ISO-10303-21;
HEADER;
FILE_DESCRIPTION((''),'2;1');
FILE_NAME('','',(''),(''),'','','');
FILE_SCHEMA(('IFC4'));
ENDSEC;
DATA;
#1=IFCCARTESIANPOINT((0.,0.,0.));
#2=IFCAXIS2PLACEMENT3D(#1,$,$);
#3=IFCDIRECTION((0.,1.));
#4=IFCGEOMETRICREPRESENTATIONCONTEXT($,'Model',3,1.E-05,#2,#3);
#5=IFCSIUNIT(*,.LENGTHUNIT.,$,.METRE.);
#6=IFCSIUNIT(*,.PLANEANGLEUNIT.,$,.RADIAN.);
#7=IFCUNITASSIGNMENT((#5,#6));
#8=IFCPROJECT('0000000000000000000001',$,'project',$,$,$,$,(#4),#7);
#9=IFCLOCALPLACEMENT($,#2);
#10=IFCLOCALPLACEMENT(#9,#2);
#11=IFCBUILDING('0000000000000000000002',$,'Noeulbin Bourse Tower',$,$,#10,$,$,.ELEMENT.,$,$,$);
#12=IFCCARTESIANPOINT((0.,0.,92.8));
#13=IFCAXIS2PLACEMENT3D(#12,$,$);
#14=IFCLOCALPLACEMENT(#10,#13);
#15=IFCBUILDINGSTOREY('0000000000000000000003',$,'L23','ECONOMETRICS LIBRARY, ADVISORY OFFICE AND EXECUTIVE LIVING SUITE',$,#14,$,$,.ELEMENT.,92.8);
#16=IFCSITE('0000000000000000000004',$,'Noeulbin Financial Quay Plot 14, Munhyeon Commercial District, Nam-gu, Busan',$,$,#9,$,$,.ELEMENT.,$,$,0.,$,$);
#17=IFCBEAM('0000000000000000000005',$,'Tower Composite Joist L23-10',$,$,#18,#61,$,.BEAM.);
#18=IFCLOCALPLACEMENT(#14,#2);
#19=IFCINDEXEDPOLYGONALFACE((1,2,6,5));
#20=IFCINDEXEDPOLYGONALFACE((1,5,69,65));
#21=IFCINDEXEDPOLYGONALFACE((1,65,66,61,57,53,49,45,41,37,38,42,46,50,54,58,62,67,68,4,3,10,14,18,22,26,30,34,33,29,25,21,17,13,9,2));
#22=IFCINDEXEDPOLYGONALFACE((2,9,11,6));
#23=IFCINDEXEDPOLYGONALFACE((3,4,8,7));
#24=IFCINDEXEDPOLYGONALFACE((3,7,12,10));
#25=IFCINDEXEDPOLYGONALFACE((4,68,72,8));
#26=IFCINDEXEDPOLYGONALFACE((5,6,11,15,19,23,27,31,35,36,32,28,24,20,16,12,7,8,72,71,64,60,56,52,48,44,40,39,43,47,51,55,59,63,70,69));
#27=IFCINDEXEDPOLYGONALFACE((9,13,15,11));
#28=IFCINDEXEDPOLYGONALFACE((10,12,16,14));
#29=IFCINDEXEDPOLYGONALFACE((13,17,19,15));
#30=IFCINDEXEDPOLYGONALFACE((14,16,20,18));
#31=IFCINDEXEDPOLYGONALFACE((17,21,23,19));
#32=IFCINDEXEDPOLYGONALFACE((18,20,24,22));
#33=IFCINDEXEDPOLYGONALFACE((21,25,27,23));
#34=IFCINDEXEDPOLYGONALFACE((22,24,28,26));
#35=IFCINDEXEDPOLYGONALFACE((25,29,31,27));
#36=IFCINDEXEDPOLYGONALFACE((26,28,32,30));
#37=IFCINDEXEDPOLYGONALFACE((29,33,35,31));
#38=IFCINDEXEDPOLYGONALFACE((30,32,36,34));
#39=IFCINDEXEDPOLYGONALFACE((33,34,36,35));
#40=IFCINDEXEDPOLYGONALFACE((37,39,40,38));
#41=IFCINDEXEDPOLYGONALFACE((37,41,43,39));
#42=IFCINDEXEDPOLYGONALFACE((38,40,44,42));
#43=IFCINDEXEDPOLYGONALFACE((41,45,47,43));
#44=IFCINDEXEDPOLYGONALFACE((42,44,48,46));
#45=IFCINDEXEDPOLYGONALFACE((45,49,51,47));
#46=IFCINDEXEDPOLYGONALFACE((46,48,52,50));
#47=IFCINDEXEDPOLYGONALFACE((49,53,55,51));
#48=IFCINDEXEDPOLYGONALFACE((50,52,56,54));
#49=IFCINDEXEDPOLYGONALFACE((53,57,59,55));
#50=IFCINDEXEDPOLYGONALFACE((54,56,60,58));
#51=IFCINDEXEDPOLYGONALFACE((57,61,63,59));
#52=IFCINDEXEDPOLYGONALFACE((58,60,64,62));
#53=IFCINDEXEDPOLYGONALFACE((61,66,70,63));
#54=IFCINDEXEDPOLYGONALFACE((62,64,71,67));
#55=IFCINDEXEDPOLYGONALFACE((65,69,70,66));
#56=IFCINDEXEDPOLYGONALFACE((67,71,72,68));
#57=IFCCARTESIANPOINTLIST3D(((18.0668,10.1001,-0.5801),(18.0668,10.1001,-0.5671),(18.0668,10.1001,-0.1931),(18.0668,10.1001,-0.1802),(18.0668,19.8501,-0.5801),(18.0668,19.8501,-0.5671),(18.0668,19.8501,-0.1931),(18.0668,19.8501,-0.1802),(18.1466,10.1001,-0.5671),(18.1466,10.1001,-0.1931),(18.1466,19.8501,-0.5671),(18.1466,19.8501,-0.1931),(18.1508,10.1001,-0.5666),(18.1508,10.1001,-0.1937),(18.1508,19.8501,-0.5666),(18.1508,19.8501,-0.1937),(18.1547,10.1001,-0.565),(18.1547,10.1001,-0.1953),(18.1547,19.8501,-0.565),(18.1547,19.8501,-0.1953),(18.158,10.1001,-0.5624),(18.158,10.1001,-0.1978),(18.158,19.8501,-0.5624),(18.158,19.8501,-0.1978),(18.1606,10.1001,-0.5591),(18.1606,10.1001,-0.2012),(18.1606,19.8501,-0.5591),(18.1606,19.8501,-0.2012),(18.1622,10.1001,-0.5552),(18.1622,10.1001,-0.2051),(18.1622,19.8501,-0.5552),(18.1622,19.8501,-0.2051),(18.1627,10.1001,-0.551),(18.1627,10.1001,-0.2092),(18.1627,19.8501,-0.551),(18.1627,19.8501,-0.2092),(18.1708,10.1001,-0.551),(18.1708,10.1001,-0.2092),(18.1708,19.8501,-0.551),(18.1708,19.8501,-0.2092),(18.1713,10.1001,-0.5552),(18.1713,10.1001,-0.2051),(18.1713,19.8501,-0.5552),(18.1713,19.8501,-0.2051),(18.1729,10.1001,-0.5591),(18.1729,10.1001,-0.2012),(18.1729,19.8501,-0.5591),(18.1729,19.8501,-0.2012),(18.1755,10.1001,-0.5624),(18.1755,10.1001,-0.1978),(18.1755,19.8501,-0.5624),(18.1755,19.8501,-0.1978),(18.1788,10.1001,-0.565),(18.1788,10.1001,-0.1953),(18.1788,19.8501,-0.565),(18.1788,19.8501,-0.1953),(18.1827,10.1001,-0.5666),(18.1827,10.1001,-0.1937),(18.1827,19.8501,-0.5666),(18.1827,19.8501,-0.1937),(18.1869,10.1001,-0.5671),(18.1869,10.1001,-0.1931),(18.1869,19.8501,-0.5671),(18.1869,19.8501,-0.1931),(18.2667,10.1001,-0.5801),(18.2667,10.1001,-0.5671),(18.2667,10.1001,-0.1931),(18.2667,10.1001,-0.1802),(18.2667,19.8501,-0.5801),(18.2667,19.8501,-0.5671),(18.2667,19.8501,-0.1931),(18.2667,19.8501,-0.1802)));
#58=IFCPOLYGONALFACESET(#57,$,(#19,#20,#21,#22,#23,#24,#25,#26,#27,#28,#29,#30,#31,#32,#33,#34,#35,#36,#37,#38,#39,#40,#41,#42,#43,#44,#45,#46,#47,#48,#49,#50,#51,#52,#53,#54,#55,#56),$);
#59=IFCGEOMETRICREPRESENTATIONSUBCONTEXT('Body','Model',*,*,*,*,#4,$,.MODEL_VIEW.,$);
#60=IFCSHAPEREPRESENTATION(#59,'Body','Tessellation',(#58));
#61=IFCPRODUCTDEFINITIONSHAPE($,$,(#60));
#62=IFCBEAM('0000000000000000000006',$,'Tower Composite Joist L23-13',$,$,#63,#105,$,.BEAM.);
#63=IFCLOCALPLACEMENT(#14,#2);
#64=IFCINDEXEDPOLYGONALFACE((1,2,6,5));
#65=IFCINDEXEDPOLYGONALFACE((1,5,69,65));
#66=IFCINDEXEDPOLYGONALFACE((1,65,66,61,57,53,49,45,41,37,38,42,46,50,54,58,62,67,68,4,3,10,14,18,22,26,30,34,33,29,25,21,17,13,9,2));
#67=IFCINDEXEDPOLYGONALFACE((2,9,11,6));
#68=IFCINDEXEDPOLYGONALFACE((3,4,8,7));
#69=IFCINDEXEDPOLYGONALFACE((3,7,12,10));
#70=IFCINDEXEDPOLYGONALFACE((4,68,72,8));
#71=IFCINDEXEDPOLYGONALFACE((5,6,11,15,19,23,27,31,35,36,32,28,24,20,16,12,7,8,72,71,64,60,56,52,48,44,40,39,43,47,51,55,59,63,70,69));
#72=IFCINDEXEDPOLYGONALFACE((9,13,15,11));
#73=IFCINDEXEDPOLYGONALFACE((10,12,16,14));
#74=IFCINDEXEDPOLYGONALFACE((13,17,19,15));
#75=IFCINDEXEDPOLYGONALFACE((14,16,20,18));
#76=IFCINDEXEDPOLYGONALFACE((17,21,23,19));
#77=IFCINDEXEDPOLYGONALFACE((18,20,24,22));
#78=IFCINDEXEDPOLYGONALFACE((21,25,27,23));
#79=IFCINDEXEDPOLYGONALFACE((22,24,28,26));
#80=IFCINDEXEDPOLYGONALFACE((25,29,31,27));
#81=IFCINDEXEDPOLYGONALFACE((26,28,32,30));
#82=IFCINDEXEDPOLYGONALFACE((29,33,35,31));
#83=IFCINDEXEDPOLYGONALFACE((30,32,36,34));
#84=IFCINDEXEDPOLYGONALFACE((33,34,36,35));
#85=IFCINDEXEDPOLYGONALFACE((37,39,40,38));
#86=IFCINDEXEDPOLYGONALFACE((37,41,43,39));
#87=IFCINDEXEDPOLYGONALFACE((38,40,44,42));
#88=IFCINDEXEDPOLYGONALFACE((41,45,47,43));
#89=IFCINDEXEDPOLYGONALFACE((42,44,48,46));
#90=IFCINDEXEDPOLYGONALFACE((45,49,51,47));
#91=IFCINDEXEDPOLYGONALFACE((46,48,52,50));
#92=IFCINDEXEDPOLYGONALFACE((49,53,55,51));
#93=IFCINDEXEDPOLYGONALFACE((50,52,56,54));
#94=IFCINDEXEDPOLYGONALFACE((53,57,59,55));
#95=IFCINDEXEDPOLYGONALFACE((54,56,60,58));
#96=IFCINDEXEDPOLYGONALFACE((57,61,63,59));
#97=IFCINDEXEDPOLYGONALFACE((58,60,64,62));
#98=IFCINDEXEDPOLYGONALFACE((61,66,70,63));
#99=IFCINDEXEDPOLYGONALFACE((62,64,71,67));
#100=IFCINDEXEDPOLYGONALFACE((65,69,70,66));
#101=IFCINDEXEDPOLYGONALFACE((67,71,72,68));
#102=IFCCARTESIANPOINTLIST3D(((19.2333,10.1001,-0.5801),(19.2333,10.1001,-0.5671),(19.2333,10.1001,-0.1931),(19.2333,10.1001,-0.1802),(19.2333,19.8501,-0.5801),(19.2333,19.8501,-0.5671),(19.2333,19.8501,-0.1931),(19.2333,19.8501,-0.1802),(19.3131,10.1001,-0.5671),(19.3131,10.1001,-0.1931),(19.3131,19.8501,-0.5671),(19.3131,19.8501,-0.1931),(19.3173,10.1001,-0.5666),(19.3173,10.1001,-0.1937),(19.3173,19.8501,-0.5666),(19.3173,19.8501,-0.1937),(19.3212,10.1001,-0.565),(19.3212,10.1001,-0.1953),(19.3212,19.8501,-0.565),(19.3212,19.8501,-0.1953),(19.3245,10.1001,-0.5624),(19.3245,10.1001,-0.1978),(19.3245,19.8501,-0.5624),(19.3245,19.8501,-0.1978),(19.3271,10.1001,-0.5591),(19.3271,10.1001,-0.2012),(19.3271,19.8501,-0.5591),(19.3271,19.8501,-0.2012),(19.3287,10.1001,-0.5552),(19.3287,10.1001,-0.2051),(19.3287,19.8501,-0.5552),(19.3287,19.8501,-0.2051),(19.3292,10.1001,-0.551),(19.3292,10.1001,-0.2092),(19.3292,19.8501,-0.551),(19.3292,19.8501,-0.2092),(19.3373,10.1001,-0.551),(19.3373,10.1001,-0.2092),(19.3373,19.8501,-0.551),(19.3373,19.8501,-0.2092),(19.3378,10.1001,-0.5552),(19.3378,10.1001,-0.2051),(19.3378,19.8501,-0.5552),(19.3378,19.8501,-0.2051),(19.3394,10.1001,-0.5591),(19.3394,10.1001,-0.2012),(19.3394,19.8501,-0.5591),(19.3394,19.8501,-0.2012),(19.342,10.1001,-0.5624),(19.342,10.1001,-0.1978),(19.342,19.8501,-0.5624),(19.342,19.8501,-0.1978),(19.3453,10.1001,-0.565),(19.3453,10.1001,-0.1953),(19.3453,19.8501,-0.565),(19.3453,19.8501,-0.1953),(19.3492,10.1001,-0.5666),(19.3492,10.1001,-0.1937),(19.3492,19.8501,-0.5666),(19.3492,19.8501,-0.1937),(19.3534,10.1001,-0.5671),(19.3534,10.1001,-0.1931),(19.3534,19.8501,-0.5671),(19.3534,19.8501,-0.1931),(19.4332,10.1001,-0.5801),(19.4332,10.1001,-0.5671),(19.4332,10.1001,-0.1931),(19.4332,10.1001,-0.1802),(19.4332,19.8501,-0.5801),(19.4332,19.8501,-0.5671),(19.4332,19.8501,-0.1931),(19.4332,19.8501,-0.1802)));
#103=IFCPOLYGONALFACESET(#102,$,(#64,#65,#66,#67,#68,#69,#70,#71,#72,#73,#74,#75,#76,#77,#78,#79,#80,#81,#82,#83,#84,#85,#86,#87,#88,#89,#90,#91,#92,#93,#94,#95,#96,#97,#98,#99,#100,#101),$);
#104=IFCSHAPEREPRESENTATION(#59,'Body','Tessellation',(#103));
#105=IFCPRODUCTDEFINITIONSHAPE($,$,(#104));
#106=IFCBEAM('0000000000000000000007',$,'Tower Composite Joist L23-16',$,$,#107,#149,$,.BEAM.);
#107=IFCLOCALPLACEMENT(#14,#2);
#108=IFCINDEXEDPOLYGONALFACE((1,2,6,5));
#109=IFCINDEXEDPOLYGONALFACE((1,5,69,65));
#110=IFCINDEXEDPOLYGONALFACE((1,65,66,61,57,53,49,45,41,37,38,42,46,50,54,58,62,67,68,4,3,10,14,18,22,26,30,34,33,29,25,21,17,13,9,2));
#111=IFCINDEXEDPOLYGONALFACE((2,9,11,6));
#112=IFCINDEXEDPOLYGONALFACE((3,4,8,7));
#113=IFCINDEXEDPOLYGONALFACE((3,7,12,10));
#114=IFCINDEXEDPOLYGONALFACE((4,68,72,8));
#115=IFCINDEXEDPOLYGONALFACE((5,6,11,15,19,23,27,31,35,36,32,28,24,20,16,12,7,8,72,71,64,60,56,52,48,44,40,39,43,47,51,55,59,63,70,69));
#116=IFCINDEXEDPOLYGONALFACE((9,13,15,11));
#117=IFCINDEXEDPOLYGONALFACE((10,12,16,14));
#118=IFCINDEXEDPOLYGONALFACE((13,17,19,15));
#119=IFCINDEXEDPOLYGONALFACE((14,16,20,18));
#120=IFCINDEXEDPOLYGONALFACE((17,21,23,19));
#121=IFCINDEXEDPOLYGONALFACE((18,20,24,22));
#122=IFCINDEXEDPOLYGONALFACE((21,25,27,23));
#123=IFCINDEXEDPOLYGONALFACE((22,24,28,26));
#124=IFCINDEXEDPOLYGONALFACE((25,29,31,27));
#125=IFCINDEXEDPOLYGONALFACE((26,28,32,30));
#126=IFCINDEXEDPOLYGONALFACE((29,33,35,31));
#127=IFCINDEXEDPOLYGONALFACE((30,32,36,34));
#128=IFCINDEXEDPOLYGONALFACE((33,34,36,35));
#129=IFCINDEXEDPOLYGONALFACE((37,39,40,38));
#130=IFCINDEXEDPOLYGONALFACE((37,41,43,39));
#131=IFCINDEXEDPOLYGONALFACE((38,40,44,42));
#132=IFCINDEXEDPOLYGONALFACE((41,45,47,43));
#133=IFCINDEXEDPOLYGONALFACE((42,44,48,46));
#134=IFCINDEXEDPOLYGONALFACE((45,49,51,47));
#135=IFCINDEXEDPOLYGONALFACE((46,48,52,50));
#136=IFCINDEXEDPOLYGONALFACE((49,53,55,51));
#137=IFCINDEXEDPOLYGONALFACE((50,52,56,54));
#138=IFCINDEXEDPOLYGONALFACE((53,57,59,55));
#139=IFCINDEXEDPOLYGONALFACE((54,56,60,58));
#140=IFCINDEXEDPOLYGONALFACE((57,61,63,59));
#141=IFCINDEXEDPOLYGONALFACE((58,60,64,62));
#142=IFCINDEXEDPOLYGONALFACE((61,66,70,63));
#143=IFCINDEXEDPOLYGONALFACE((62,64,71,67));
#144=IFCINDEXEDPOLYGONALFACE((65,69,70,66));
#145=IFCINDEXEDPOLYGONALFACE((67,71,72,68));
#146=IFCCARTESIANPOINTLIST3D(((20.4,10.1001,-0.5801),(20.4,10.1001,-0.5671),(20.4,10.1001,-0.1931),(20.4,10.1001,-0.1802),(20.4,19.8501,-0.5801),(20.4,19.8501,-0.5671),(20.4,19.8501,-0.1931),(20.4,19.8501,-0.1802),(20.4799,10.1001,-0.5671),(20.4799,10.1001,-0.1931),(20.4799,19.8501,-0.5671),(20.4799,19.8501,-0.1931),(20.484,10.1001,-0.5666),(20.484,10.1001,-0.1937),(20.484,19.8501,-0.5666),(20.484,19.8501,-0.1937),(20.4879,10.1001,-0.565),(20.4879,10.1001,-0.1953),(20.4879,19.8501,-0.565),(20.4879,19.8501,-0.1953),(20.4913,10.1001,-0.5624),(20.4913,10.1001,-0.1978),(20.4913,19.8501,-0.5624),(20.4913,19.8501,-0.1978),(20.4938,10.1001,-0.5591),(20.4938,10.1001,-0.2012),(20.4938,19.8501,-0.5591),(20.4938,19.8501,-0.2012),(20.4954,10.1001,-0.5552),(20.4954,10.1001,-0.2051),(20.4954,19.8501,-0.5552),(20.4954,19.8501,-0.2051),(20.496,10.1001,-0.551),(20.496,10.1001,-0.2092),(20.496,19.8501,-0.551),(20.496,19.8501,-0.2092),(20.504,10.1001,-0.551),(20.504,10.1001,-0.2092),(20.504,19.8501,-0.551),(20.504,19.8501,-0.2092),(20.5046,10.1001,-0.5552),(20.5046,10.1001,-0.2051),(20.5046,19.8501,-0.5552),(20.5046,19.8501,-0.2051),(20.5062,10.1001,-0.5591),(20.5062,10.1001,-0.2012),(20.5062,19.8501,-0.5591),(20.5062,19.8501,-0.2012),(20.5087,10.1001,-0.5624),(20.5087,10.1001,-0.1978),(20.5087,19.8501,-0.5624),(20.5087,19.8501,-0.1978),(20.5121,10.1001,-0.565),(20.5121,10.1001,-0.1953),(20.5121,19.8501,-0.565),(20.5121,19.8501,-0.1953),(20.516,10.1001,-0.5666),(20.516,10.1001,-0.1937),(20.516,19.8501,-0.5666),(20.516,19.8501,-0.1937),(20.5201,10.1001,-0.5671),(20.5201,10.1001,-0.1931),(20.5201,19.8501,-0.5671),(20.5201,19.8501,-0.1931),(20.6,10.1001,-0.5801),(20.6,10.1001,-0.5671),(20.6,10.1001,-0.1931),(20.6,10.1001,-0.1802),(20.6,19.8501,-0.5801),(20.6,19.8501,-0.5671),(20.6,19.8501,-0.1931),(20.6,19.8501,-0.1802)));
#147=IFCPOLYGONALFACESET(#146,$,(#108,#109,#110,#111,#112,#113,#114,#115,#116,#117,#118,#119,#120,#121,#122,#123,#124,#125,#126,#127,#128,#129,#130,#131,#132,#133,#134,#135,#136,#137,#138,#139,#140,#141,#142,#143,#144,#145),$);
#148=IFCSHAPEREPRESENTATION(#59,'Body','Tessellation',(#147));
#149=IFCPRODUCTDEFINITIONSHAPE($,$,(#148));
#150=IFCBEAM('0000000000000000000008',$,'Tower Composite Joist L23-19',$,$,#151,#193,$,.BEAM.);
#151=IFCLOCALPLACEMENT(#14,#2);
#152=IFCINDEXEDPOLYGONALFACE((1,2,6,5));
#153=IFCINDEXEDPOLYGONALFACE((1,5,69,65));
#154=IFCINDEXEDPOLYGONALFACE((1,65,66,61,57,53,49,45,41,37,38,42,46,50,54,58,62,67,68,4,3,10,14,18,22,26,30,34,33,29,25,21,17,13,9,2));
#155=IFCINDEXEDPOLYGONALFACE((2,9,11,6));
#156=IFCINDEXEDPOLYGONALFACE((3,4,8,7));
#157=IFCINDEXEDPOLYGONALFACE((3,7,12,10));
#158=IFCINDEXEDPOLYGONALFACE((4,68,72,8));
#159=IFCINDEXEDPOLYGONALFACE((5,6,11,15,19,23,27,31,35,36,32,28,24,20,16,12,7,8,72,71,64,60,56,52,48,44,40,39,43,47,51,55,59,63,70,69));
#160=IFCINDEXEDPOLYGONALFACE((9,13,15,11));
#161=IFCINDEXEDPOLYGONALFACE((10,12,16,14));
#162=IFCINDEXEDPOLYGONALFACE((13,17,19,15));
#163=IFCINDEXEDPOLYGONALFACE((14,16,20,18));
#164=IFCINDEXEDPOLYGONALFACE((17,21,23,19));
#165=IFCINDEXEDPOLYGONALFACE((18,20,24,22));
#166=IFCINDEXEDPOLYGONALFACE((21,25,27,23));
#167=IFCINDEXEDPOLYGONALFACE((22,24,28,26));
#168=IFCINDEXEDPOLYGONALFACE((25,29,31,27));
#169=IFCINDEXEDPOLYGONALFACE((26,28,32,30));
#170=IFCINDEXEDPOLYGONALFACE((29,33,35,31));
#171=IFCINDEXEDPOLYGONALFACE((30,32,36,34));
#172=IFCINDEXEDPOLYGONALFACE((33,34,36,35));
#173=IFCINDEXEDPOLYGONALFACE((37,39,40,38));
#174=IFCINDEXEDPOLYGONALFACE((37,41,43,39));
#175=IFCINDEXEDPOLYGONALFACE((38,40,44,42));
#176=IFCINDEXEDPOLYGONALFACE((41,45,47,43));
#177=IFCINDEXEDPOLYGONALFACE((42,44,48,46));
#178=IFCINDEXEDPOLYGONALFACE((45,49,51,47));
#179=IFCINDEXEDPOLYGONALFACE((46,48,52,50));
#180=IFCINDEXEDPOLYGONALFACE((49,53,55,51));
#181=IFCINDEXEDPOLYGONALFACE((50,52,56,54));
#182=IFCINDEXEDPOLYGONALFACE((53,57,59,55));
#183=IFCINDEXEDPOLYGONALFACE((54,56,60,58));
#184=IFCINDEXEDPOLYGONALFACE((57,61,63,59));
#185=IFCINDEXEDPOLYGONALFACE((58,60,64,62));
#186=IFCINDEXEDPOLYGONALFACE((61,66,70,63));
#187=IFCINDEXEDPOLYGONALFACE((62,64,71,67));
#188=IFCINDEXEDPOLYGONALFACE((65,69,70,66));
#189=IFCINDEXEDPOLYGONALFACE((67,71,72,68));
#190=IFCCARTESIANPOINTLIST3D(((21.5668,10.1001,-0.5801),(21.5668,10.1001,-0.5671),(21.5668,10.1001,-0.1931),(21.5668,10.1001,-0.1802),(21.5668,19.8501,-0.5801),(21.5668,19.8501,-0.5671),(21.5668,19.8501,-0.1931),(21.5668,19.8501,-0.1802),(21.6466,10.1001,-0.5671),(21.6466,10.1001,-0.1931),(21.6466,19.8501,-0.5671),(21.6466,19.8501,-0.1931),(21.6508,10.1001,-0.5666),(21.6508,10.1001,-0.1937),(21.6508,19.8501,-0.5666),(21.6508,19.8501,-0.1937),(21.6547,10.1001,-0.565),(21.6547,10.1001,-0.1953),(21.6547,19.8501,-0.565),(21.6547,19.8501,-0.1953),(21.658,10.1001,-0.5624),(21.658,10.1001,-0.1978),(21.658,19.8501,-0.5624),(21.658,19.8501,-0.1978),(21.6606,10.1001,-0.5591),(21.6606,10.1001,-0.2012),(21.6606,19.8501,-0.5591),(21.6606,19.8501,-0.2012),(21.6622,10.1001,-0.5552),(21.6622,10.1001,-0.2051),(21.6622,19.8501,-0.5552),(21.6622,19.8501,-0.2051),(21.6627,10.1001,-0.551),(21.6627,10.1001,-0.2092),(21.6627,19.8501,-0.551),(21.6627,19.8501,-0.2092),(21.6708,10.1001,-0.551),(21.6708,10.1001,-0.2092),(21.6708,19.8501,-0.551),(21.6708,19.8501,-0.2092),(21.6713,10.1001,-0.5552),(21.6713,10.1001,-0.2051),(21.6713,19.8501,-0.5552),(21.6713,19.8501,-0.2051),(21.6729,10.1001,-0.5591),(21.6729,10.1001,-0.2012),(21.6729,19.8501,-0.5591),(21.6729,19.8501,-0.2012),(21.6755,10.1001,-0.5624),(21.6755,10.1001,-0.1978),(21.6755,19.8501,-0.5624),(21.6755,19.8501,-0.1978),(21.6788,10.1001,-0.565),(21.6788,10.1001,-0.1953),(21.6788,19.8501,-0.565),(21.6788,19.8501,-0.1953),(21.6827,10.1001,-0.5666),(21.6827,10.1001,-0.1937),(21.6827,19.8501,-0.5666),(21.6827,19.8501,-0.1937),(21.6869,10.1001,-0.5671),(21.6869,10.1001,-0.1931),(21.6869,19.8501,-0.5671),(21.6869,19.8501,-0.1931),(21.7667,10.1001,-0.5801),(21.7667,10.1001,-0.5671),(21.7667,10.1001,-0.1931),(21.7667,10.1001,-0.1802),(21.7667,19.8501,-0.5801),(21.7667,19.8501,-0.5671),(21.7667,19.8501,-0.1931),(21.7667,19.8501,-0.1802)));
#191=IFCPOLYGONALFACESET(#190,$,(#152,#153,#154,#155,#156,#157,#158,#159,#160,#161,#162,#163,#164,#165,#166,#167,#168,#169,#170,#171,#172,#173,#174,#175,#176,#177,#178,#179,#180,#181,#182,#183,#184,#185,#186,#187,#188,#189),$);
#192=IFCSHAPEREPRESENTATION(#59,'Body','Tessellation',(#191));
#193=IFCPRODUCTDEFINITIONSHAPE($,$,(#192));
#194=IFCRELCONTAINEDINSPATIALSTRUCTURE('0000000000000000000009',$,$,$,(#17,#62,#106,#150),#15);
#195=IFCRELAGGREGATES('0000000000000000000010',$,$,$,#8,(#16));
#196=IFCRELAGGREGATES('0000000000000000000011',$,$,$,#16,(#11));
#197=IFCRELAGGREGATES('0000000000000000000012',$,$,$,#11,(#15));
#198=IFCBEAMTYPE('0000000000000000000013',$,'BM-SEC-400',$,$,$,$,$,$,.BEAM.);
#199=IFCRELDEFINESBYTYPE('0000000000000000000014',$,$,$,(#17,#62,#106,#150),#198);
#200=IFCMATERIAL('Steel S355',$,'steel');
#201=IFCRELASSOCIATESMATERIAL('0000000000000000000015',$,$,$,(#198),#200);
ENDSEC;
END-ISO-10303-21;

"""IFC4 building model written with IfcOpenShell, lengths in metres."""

from ifc_helpers import new_model, si_unit, direction, frame, origin, origin_2d, place, context, subcontext, project, spatial, i_section, extrude, material, material_profile, profile_set, type_object, element, save


model = new_model("IFC4")

# Units and contexts
model_context = context("Model", 3, precision=1e-05, world=origin(), true_north=direction((0.0, 1.0)))
body_context = subcontext(model_context, "Body", "Model", "MODEL_VIEW")
ifc_project = project(units=[si_unit("LENGTHUNIT", "METRE"), si_unit("PLANEANGLEUNIT", "RADIAN")], contexts=[model_context])

# Site, building, storey
site_placement = place(None, origin())
site = spatial("IfcSite", under=ifc_project, at=site_placement, Name="Noeulbin Financial Quay Plot 14, Munhyeon Commercial District, Nam-gu, Busan", CompositionType="ELEMENT", RefElevation=0.0)
building_placement = place(site_placement, origin())
building = spatial("IfcBuilding", under=site, at=building_placement, Name="Noeulbin Bourse Tower", CompositionType="ELEMENT")
storey_placement = place(building_placement, frame((0.0, 0.0, 92.8)))
storey = spatial("IfcBuildingStorey", under=building, at=storey_placement, Name="L23", Description="ECONOMETRICS LIBRARY, ADVISORY OFFICE AND EXECUTIVE LIVING SUITE", CompositionType="ELEMENT", Elevation=92.8)

# Beams
ifc_material_1 = material(Name="Steel S355", Category="steel")
ifc_material_profile_1 = material_profile(ifc_material_1, i_section(OverallWidth=0.2, OverallDepth=0.3999, WebThickness=0.0081, FlangeThickness=0.0129, FilletRadius=0.0161, at=origin_2d()), Name="H-400x200x8x13", Category="LoadBearing")
ifc_profile_set_1 = profile_set([ifc_material_profile_1], Name="Steel S355")
beam_type_1 = type_object("IfcBeamType", Name="BM-SEC-400", PredefinedType="BEAM", material=ifc_profile_set_1)
for number, where, z_axis, x_axis, name in (
    (1, (18.1667, 10.1001, -0.3801), (0.0, 1.0, 0.0), (-1.0, 0.0, 0.0), "Tower Composite Joist L23-10"),
    (2, (19.3333, 10.1001, -0.3801), (0.0, 1.0, 0.0), (-1.0, 0.0, 0.0), "Tower Composite Joist L23-13"),
    (3, (20.5, 10.1001, -0.3801), (0.0, 1.0, 0.0), (-1.0, 0.0, 0.0), "Tower Composite Joist L23-16"),
    (4, (21.6667, 10.1001, -0.3801), (0.0, 1.0, 0.0), (-1.0, 0.0, 0.0), "Tower Composite Joist L23-19"),
):
    element("IfcBeam", number, at=place(storey_placement, frame(where, z_axis=z_axis, x_axis=x_axis)), inside=storey, type_object=beam_type_1, Name=name, PredefinedType="BEAM", context=body_context, shape_type="SweptSolid", body=[
        extrude(i_section(OverallWidth=0.2, OverallDepth=0.3999, WebThickness=0.0081, FlangeThickness=0.0129, FilletRadius=0.0161, at=origin_2d()), origin(), (0.0, 0.0, 1.0), 9.75),
    ])

save(model, "model.ifc")
